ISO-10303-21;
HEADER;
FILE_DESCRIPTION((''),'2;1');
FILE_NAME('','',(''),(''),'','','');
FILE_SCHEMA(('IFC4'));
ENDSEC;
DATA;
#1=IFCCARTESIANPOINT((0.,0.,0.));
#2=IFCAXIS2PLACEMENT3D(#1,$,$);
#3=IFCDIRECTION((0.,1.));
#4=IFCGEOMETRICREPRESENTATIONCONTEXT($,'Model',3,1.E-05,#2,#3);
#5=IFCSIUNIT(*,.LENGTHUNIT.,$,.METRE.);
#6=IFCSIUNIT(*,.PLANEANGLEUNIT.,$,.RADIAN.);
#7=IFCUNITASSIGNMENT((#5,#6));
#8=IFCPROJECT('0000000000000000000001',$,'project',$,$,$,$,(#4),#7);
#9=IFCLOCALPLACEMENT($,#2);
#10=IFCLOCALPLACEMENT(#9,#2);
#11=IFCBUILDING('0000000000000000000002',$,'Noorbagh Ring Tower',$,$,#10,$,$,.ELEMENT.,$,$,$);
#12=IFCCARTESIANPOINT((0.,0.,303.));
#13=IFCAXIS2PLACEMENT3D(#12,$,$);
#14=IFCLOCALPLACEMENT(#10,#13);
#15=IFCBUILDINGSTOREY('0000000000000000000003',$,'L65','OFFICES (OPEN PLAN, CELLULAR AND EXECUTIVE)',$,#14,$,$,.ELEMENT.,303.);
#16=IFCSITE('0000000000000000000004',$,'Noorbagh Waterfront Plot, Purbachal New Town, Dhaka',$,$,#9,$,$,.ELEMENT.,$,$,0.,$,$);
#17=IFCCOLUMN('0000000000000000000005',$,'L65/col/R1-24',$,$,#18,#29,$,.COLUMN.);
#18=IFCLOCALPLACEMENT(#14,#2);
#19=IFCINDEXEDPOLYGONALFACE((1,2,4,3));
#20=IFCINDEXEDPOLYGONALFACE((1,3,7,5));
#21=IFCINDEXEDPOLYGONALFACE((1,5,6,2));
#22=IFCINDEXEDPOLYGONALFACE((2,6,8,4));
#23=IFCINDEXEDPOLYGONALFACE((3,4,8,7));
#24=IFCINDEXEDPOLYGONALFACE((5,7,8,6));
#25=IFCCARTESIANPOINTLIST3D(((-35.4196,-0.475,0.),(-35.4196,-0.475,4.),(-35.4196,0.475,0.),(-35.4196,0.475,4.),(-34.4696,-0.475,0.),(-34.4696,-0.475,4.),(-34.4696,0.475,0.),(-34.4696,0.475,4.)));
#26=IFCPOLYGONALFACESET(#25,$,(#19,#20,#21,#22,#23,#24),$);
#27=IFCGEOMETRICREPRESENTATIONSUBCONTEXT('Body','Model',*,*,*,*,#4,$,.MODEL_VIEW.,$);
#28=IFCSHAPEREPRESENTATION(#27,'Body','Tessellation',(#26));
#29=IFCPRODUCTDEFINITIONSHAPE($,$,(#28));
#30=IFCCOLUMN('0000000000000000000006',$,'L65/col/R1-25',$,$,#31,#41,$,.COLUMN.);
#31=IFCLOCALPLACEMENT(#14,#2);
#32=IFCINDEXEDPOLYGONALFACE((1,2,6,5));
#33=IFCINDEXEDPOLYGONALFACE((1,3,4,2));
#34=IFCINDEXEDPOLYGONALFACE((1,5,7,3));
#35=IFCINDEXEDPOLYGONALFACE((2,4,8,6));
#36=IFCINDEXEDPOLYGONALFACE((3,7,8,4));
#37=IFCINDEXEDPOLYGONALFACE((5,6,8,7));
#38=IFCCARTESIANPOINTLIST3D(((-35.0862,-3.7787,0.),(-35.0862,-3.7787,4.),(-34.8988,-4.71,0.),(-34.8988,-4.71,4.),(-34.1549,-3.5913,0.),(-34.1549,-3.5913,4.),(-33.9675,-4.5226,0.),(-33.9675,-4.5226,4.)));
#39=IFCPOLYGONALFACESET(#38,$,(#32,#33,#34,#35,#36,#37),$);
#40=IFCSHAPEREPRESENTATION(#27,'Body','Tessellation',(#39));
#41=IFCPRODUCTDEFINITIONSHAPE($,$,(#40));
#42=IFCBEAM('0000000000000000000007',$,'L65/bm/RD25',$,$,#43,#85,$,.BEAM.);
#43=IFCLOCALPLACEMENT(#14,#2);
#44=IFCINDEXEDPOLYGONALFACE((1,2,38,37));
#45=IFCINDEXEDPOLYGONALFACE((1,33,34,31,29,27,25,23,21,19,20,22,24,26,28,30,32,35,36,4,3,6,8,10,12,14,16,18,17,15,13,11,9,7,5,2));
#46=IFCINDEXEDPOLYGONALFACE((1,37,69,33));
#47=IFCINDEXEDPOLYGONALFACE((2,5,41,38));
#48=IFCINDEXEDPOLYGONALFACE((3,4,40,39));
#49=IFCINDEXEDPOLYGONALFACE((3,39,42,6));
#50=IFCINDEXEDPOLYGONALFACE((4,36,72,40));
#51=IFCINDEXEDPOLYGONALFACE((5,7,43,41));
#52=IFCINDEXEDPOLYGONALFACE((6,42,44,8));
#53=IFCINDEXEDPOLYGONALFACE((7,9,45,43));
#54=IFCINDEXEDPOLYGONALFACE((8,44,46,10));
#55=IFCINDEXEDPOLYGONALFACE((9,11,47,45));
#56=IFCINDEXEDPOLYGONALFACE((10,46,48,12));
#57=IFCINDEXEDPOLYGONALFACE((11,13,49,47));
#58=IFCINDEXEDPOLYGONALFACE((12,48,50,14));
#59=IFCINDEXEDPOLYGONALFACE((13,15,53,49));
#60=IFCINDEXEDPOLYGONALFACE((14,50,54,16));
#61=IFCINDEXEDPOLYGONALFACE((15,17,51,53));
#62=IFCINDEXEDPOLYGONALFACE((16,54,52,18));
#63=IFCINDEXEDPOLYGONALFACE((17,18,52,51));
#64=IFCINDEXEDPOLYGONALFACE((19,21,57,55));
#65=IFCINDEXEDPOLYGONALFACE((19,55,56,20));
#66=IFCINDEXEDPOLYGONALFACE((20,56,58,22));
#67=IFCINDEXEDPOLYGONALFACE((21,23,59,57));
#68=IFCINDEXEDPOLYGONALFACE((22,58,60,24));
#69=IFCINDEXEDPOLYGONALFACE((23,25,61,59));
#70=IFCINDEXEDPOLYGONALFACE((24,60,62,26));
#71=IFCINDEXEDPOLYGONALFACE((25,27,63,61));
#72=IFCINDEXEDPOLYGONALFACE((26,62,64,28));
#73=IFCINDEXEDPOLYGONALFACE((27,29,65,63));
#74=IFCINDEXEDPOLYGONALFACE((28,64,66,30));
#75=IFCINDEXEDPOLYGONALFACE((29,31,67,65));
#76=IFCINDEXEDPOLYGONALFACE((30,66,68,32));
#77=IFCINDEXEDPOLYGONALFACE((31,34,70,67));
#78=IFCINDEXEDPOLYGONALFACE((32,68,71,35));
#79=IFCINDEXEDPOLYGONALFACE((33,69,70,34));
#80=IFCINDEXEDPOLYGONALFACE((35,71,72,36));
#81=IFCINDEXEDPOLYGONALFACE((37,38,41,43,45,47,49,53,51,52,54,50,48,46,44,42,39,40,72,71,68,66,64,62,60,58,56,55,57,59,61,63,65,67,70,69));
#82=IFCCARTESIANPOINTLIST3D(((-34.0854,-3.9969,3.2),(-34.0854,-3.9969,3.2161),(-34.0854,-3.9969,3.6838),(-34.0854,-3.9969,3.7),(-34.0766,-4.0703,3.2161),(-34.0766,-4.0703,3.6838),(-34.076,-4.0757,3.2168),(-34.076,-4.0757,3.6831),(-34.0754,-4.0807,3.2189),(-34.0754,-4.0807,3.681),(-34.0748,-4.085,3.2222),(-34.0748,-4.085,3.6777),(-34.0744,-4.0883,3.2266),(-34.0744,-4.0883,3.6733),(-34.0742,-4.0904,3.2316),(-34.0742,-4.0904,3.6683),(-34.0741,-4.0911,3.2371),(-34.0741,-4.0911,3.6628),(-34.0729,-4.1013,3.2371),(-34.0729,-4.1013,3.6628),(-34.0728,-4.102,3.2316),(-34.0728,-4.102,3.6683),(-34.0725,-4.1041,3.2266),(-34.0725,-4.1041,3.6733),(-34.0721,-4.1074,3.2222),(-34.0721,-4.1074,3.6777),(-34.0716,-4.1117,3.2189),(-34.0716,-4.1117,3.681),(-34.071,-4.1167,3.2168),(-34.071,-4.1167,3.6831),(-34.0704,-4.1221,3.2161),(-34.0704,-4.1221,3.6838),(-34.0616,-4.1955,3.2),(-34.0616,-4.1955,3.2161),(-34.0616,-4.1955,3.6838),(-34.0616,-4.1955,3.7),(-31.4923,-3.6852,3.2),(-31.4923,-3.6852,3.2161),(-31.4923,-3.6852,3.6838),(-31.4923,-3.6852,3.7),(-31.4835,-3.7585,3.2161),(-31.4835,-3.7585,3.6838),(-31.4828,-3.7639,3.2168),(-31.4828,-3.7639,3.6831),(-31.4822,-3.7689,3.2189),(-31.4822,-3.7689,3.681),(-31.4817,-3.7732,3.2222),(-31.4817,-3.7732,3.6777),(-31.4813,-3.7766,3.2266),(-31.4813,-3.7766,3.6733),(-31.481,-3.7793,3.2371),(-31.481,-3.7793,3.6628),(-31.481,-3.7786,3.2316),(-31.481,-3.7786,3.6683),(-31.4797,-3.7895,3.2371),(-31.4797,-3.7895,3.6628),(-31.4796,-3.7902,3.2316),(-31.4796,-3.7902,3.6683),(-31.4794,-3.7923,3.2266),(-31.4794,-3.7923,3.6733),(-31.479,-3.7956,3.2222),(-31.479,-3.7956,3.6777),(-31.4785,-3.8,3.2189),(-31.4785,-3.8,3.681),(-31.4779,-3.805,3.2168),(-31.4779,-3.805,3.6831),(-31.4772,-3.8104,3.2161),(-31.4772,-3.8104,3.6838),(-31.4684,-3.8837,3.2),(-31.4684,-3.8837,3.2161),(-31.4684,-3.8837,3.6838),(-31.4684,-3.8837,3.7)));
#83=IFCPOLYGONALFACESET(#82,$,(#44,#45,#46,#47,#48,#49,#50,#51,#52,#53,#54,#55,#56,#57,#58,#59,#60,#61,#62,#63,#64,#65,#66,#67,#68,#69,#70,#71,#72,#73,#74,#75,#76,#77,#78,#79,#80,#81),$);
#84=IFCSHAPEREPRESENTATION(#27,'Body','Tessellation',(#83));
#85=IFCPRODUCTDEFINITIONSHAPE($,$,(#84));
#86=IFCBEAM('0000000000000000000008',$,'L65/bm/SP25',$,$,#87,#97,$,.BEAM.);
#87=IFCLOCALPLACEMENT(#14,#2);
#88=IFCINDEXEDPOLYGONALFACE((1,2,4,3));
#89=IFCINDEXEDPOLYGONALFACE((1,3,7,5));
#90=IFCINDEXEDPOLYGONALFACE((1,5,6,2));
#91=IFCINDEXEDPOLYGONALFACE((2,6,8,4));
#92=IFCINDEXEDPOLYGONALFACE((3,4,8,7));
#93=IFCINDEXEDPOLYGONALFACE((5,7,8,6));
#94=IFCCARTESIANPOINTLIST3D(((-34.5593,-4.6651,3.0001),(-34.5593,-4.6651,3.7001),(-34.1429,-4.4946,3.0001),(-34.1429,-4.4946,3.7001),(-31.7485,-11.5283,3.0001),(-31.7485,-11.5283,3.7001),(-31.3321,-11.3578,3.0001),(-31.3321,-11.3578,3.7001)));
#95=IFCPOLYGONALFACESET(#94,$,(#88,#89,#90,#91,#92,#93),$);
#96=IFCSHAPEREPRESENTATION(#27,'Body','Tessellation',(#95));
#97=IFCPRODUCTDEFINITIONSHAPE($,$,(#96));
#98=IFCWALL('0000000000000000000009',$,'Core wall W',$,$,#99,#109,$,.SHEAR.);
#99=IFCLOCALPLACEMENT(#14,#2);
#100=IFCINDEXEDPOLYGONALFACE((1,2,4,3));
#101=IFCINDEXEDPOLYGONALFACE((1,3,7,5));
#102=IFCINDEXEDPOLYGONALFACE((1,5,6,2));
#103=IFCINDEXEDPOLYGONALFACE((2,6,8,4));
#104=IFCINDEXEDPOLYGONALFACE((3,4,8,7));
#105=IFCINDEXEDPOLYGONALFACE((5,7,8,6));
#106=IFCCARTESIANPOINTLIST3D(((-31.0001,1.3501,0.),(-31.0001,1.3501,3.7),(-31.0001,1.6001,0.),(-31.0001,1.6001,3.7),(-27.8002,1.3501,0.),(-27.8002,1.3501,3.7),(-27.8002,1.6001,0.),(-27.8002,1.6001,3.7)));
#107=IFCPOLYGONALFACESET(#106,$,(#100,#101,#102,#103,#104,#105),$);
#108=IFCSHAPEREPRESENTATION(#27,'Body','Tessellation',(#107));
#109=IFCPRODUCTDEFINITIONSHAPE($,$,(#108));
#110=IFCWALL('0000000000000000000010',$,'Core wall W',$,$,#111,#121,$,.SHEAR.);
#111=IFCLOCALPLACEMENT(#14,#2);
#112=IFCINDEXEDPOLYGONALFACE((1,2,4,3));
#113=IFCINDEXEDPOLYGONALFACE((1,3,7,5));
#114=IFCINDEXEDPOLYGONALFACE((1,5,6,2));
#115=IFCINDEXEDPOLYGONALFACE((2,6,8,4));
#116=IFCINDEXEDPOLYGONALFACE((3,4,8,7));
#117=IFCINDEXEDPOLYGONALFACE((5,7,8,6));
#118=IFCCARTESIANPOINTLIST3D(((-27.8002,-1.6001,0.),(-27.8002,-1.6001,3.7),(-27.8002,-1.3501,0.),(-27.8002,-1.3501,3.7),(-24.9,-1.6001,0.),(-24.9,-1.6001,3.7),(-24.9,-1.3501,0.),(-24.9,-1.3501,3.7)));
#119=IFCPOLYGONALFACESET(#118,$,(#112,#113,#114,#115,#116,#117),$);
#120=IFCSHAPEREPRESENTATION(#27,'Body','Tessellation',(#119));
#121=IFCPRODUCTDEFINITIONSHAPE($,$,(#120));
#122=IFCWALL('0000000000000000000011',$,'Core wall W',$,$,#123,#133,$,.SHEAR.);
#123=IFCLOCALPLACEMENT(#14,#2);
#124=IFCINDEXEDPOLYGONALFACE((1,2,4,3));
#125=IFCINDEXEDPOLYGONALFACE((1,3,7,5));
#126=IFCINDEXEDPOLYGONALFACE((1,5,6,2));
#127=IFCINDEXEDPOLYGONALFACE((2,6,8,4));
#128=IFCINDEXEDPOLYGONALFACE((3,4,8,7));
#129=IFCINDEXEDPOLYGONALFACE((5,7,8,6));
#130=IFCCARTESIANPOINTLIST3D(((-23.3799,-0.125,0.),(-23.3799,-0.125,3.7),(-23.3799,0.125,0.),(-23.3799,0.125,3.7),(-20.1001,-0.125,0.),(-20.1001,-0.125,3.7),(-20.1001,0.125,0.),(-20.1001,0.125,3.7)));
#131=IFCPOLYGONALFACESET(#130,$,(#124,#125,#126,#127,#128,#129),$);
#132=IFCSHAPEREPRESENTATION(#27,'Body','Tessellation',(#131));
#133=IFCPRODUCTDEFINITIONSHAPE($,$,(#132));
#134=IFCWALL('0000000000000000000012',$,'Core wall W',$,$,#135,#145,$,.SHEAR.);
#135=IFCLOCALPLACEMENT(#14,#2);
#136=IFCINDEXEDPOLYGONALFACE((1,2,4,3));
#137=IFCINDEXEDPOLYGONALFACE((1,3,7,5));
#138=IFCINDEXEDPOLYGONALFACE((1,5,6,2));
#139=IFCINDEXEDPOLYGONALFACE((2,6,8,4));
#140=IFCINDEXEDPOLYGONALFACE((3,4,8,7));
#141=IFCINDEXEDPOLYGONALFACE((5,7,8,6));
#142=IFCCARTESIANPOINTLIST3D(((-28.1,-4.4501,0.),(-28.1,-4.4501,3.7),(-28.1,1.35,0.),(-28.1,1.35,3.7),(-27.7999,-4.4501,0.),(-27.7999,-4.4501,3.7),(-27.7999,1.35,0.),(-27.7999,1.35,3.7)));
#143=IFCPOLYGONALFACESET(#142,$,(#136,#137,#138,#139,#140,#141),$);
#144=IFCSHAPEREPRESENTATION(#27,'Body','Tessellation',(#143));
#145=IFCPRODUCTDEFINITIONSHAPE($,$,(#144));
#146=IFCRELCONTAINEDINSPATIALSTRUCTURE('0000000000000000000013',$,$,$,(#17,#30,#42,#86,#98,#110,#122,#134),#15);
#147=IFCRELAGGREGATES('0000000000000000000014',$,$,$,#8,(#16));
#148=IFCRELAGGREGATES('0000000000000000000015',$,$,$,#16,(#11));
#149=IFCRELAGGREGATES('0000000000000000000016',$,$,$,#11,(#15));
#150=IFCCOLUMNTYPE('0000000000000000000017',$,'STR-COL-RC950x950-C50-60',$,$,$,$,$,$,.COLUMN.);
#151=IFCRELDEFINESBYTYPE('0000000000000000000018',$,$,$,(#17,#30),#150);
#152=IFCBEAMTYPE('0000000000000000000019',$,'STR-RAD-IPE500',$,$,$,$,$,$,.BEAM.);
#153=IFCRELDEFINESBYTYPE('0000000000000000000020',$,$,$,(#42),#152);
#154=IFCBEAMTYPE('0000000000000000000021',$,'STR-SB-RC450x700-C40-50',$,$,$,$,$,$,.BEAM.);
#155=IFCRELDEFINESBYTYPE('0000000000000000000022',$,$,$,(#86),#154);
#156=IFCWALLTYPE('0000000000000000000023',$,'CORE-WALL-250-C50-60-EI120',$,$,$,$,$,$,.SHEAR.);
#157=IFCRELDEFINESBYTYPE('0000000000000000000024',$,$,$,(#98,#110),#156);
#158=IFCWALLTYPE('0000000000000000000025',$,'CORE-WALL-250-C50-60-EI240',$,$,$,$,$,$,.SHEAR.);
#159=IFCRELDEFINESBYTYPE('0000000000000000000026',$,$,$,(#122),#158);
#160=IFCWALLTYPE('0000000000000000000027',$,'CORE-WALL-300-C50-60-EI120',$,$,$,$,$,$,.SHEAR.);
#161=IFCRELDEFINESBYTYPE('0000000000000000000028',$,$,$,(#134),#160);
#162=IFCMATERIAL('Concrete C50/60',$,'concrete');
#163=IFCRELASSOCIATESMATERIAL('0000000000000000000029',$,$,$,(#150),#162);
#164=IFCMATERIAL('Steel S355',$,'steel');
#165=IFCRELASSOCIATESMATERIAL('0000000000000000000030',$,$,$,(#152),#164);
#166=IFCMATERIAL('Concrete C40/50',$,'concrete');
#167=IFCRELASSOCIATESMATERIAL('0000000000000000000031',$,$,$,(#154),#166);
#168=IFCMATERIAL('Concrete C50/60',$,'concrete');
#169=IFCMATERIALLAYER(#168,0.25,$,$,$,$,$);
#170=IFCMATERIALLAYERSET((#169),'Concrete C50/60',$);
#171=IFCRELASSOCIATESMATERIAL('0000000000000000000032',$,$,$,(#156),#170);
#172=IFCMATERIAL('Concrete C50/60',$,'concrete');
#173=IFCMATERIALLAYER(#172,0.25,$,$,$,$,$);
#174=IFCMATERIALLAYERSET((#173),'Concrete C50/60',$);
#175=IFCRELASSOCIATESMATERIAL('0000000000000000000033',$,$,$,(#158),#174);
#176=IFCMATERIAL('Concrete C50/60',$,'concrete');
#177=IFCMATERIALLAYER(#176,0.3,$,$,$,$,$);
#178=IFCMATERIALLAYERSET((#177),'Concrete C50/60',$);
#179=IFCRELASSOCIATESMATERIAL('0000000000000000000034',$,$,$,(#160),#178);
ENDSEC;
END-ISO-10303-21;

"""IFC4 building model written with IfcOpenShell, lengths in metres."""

from ifc_helpers import new_model, si_unit, direction, frame, frame_2d, origin, origin_2d, place, context, subcontext, project, spatial, rectangle, i_section, extrude, material, layer, layer_set, material_profile, profile_set, type_object, element, save


model = new_model("IFC4")

# Units and contexts
model_context = context("Model", 3, precision=1e-05, world=origin(), true_north=direction((0.0, 1.0)))
body_context = subcontext(model_context, "Body", "Model", "MODEL_VIEW")
ifc_project = project(units=[si_unit("LENGTHUNIT", "METRE"), si_unit("PLANEANGLEUNIT", "RADIAN")], contexts=[model_context])

# Site, building, storey
site_placement = place(None, origin())
site = spatial("IfcSite", under=ifc_project, at=site_placement, Name="Noorbagh Waterfront Plot, Purbachal New Town, Dhaka", CompositionType="ELEMENT", RefElevation=0.0)
building_placement = place(site_placement, origin())
building = spatial("IfcBuilding", under=site, at=building_placement, Name="Noorbagh Ring Tower", CompositionType="ELEMENT")
storey_placement = place(building_placement, frame((0.0, 0.0, 303.0)))
storey = spatial("IfcBuildingStorey", under=building, at=storey_placement, Name="L65", Description="OFFICES (OPEN PLAN, CELLULAR AND EXECUTIVE)", CompositionType="ELEMENT", Elevation=303.0)

# Columns
ifc_material_1 = material(Name="Concrete C50/60", Category="concrete")
ifc_material_profile_1 = material_profile(ifc_material_1, rectangle(XDim=0.95, YDim=0.95, at=origin_2d()), Name="RC950x950")
ifc_profile_set_1 = profile_set([ifc_material_profile_1], Name="Concrete C50/60")
column_type = type_object("IfcColumnType", Name="STR-COL-RC950x950-C50-60", PredefinedType="COLUMN", material=ifc_profile_set_1)
for number, where, z_axis, x_axis, name in (
    (1, (-34.9446, 0.0, 0.0), (0.0, 0.0, 1.0), (0.0, -1.0, 0.0), "L65/col/R1-24"),
    (2, (-34.5269, -4.1506, 0.0), (0.0, 0.0, 1.0), (0.19723, -0.980357, 0.0), "L65/col/R1-25"),
):
    element("IfcColumn", number, at=place(storey_placement, frame(where, z_axis=z_axis, x_axis=x_axis)), inside=storey, type_object=column_type, Name=name, PredefinedType="COLUMN", context=body_context, shape_type="SweptSolid", body=[
        extrude(rectangle(XDim=0.95, YDim=0.95, at=origin_2d()), origin(), (0.0, 0.0, 1.0), 4.0),
    ])

# Beams
ifc_material_2 = material(Name="Steel S355", Category="steel")
ifc_material_profile_2 = material_profile(ifc_material_2, i_section(OverallWidth=0.2, OverallDepth=0.5, WebThickness=0.0103, FlangeThickness=0.0161, FilletRadius=0.021, at=origin_2d()), Name="IPE500")
ifc_profile_set_2 = profile_set([ifc_material_profile_2], Name="Steel S355")
beam_type_1 = type_object("IfcBeamType", Name="STR-RAD-IPE500", PredefinedType="BEAM", material=ifc_profile_set_2)
beam_1_placement = place(storey_placement, frame((-34.0735, -4.0962, 3.45), z_axis=(0.992851, 0.119363, 0.0), x_axis=(-0.119363, 0.992851, 0.0)))
element("IfcBeam", 3, at=beam_1_placement, inside=storey, type_object=beam_type_1, Name="L65/bm/RD25", PredefinedType="BEAM", context=body_context, shape_type="SweptSolid", body=[
    extrude(i_section(OverallWidth=0.2, OverallDepth=0.5, WebThickness=0.0103, FlangeThickness=0.0161, FilletRadius=0.021, at=origin_2d()), origin(), (0.0, 0.0, 1.0), 2.6118),
])
ifc_material_3 = material(Name="Concrete C40/50", Category="concrete")
ifc_material_profile_3 = material_profile(ifc_material_3, rectangle(XDim=0.45, YDim=0.7, at=origin_2d()), Name="RC450x700")
ifc_profile_set_3 = profile_set([ifc_material_profile_3], Name="Concrete C40/50")
beam_type_2 = type_object("IfcBeamType", Name="STR-SB-RC450x700-C40-50", PredefinedType="BEAM", material=ifc_profile_set_3)
beam_2_placement = place(storey_placement, frame((-34.3511, -4.5798, 3.3501), z_axis=(0.378989, -0.925401, 0.0), x_axis=(0.925401, 0.378989, 0.0)))
element("IfcBeam", 4, at=beam_2_placement, inside=storey, type_object=beam_type_2, Name="L65/bm/SP25", PredefinedType="BEAM", context=body_context, shape_type="SweptSolid", body=[
    extrude(rectangle(XDim=0.45, YDim=0.7, at=origin_2d()), origin(), (0.0, 0.0, 1.0), 7.4165),
])

# Walls
ifc_material_4 = material(Name="Concrete C50/60", Category="concrete")
ifc_layer_1 = layer(ifc_material_4, 0.25)
ifc_layer_set_1 = layer_set([ifc_layer_1], Name="Concrete C50/60")
wall_type_1 = type_object("IfcWallType", Name="CORE-WALL-250-C50-60-EI120", PredefinedType="SHEAR", material=ifc_layer_set_1)
wall_1_placement = place(storey_placement, frame((-27.8, 1.4751, 0.0), z_axis=(0.0, 0.0, 1.0), x_axis=(-1.0, 0.0, 0.0)))
element("IfcWall", 5, at=wall_1_placement, inside=storey, type_object=wall_type_1, Name="Core wall W", PredefinedType="SHEAR", context=body_context, shape_type="SweptSolid", body=[
    extrude(rectangle(XDim=3.2, YDim=0.25, at=frame_2d((1.6001, 0.0))), origin(), (0.0, 0.0, 1.0), 3.7),
])
wall_2_placement = place(storey_placement, frame((-24.8999, -1.4751, 0.0), z_axis=(0.0, 0.0, 1.0), x_axis=(-1.0, 0.0, 0.0)))
element("IfcWall", 6, at=wall_2_placement, inside=storey, type_object=wall_type_1, Name="Core wall W", PredefinedType="SHEAR", context=body_context, shape_type="SweptSolid", body=[
    extrude(rectangle(XDim=2.9001, YDim=0.25, at=frame_2d((1.4502, 0.0))), origin(), (0.0, 0.0, 1.0), 3.7),
])
ifc_material_5 = material(Name="Concrete C50/60", Category="concrete")
ifc_layer_2 = layer(ifc_material_5, 0.25)
ifc_layer_set_2 = layer_set([ifc_layer_2], Name="Concrete C50/60")
wall_type_2 = type_object("IfcWallType", Name="CORE-WALL-250-C50-60-EI240", PredefinedType="SHEAR", material=ifc_layer_set_2)
wall_3_placement = place(storey_placement, frame((-20.1001, 0.0, 0.0), z_axis=(0.0, 0.0, 1.0), x_axis=(-1.0, 0.0, 0.0)))
element("IfcWall", 7, at=wall_3_placement, inside=storey, type_object=wall_type_2, Name="Core wall W", PredefinedType="SHEAR", context=body_context, shape_type="SweptSolid", body=[
    extrude(rectangle(XDim=3.2798, YDim=0.25, at=frame_2d((1.6399, 0.0))), origin(), (0.0, 0.0, 1.0), 3.7),
])
ifc_material_6 = material(Name="Concrete C50/60", Category="concrete")
ifc_layer_3 = layer(ifc_material_6, 0.3)
ifc_layer_set_3 = layer_set([ifc_layer_3], Name="Concrete C50/60")
wall_type_3 = type_object("IfcWallType", Name="CORE-WALL-300-C50-60-EI120", PredefinedType="SHEAR", material=ifc_layer_set_3)
wall_4_placement = place(storey_placement, frame((-27.95, -4.45, 0.0), z_axis=(0.0, 0.0, 1.0), x_axis=(0.0, 1.0, 0.0)))
element("IfcWall", 8, at=wall_4_placement, inside=storey, type_object=wall_type_3, Name="Core wall W", PredefinedType="SHEAR", context=body_context, shape_type="SweptSolid", body=[
    extrude(rectangle(XDim=5.8, YDim=0.3, at=frame_2d((2.8999, 0.0))), origin(), (0.0, 0.0, 1.0), 3.7),
])

save(model, "model.ifc")
